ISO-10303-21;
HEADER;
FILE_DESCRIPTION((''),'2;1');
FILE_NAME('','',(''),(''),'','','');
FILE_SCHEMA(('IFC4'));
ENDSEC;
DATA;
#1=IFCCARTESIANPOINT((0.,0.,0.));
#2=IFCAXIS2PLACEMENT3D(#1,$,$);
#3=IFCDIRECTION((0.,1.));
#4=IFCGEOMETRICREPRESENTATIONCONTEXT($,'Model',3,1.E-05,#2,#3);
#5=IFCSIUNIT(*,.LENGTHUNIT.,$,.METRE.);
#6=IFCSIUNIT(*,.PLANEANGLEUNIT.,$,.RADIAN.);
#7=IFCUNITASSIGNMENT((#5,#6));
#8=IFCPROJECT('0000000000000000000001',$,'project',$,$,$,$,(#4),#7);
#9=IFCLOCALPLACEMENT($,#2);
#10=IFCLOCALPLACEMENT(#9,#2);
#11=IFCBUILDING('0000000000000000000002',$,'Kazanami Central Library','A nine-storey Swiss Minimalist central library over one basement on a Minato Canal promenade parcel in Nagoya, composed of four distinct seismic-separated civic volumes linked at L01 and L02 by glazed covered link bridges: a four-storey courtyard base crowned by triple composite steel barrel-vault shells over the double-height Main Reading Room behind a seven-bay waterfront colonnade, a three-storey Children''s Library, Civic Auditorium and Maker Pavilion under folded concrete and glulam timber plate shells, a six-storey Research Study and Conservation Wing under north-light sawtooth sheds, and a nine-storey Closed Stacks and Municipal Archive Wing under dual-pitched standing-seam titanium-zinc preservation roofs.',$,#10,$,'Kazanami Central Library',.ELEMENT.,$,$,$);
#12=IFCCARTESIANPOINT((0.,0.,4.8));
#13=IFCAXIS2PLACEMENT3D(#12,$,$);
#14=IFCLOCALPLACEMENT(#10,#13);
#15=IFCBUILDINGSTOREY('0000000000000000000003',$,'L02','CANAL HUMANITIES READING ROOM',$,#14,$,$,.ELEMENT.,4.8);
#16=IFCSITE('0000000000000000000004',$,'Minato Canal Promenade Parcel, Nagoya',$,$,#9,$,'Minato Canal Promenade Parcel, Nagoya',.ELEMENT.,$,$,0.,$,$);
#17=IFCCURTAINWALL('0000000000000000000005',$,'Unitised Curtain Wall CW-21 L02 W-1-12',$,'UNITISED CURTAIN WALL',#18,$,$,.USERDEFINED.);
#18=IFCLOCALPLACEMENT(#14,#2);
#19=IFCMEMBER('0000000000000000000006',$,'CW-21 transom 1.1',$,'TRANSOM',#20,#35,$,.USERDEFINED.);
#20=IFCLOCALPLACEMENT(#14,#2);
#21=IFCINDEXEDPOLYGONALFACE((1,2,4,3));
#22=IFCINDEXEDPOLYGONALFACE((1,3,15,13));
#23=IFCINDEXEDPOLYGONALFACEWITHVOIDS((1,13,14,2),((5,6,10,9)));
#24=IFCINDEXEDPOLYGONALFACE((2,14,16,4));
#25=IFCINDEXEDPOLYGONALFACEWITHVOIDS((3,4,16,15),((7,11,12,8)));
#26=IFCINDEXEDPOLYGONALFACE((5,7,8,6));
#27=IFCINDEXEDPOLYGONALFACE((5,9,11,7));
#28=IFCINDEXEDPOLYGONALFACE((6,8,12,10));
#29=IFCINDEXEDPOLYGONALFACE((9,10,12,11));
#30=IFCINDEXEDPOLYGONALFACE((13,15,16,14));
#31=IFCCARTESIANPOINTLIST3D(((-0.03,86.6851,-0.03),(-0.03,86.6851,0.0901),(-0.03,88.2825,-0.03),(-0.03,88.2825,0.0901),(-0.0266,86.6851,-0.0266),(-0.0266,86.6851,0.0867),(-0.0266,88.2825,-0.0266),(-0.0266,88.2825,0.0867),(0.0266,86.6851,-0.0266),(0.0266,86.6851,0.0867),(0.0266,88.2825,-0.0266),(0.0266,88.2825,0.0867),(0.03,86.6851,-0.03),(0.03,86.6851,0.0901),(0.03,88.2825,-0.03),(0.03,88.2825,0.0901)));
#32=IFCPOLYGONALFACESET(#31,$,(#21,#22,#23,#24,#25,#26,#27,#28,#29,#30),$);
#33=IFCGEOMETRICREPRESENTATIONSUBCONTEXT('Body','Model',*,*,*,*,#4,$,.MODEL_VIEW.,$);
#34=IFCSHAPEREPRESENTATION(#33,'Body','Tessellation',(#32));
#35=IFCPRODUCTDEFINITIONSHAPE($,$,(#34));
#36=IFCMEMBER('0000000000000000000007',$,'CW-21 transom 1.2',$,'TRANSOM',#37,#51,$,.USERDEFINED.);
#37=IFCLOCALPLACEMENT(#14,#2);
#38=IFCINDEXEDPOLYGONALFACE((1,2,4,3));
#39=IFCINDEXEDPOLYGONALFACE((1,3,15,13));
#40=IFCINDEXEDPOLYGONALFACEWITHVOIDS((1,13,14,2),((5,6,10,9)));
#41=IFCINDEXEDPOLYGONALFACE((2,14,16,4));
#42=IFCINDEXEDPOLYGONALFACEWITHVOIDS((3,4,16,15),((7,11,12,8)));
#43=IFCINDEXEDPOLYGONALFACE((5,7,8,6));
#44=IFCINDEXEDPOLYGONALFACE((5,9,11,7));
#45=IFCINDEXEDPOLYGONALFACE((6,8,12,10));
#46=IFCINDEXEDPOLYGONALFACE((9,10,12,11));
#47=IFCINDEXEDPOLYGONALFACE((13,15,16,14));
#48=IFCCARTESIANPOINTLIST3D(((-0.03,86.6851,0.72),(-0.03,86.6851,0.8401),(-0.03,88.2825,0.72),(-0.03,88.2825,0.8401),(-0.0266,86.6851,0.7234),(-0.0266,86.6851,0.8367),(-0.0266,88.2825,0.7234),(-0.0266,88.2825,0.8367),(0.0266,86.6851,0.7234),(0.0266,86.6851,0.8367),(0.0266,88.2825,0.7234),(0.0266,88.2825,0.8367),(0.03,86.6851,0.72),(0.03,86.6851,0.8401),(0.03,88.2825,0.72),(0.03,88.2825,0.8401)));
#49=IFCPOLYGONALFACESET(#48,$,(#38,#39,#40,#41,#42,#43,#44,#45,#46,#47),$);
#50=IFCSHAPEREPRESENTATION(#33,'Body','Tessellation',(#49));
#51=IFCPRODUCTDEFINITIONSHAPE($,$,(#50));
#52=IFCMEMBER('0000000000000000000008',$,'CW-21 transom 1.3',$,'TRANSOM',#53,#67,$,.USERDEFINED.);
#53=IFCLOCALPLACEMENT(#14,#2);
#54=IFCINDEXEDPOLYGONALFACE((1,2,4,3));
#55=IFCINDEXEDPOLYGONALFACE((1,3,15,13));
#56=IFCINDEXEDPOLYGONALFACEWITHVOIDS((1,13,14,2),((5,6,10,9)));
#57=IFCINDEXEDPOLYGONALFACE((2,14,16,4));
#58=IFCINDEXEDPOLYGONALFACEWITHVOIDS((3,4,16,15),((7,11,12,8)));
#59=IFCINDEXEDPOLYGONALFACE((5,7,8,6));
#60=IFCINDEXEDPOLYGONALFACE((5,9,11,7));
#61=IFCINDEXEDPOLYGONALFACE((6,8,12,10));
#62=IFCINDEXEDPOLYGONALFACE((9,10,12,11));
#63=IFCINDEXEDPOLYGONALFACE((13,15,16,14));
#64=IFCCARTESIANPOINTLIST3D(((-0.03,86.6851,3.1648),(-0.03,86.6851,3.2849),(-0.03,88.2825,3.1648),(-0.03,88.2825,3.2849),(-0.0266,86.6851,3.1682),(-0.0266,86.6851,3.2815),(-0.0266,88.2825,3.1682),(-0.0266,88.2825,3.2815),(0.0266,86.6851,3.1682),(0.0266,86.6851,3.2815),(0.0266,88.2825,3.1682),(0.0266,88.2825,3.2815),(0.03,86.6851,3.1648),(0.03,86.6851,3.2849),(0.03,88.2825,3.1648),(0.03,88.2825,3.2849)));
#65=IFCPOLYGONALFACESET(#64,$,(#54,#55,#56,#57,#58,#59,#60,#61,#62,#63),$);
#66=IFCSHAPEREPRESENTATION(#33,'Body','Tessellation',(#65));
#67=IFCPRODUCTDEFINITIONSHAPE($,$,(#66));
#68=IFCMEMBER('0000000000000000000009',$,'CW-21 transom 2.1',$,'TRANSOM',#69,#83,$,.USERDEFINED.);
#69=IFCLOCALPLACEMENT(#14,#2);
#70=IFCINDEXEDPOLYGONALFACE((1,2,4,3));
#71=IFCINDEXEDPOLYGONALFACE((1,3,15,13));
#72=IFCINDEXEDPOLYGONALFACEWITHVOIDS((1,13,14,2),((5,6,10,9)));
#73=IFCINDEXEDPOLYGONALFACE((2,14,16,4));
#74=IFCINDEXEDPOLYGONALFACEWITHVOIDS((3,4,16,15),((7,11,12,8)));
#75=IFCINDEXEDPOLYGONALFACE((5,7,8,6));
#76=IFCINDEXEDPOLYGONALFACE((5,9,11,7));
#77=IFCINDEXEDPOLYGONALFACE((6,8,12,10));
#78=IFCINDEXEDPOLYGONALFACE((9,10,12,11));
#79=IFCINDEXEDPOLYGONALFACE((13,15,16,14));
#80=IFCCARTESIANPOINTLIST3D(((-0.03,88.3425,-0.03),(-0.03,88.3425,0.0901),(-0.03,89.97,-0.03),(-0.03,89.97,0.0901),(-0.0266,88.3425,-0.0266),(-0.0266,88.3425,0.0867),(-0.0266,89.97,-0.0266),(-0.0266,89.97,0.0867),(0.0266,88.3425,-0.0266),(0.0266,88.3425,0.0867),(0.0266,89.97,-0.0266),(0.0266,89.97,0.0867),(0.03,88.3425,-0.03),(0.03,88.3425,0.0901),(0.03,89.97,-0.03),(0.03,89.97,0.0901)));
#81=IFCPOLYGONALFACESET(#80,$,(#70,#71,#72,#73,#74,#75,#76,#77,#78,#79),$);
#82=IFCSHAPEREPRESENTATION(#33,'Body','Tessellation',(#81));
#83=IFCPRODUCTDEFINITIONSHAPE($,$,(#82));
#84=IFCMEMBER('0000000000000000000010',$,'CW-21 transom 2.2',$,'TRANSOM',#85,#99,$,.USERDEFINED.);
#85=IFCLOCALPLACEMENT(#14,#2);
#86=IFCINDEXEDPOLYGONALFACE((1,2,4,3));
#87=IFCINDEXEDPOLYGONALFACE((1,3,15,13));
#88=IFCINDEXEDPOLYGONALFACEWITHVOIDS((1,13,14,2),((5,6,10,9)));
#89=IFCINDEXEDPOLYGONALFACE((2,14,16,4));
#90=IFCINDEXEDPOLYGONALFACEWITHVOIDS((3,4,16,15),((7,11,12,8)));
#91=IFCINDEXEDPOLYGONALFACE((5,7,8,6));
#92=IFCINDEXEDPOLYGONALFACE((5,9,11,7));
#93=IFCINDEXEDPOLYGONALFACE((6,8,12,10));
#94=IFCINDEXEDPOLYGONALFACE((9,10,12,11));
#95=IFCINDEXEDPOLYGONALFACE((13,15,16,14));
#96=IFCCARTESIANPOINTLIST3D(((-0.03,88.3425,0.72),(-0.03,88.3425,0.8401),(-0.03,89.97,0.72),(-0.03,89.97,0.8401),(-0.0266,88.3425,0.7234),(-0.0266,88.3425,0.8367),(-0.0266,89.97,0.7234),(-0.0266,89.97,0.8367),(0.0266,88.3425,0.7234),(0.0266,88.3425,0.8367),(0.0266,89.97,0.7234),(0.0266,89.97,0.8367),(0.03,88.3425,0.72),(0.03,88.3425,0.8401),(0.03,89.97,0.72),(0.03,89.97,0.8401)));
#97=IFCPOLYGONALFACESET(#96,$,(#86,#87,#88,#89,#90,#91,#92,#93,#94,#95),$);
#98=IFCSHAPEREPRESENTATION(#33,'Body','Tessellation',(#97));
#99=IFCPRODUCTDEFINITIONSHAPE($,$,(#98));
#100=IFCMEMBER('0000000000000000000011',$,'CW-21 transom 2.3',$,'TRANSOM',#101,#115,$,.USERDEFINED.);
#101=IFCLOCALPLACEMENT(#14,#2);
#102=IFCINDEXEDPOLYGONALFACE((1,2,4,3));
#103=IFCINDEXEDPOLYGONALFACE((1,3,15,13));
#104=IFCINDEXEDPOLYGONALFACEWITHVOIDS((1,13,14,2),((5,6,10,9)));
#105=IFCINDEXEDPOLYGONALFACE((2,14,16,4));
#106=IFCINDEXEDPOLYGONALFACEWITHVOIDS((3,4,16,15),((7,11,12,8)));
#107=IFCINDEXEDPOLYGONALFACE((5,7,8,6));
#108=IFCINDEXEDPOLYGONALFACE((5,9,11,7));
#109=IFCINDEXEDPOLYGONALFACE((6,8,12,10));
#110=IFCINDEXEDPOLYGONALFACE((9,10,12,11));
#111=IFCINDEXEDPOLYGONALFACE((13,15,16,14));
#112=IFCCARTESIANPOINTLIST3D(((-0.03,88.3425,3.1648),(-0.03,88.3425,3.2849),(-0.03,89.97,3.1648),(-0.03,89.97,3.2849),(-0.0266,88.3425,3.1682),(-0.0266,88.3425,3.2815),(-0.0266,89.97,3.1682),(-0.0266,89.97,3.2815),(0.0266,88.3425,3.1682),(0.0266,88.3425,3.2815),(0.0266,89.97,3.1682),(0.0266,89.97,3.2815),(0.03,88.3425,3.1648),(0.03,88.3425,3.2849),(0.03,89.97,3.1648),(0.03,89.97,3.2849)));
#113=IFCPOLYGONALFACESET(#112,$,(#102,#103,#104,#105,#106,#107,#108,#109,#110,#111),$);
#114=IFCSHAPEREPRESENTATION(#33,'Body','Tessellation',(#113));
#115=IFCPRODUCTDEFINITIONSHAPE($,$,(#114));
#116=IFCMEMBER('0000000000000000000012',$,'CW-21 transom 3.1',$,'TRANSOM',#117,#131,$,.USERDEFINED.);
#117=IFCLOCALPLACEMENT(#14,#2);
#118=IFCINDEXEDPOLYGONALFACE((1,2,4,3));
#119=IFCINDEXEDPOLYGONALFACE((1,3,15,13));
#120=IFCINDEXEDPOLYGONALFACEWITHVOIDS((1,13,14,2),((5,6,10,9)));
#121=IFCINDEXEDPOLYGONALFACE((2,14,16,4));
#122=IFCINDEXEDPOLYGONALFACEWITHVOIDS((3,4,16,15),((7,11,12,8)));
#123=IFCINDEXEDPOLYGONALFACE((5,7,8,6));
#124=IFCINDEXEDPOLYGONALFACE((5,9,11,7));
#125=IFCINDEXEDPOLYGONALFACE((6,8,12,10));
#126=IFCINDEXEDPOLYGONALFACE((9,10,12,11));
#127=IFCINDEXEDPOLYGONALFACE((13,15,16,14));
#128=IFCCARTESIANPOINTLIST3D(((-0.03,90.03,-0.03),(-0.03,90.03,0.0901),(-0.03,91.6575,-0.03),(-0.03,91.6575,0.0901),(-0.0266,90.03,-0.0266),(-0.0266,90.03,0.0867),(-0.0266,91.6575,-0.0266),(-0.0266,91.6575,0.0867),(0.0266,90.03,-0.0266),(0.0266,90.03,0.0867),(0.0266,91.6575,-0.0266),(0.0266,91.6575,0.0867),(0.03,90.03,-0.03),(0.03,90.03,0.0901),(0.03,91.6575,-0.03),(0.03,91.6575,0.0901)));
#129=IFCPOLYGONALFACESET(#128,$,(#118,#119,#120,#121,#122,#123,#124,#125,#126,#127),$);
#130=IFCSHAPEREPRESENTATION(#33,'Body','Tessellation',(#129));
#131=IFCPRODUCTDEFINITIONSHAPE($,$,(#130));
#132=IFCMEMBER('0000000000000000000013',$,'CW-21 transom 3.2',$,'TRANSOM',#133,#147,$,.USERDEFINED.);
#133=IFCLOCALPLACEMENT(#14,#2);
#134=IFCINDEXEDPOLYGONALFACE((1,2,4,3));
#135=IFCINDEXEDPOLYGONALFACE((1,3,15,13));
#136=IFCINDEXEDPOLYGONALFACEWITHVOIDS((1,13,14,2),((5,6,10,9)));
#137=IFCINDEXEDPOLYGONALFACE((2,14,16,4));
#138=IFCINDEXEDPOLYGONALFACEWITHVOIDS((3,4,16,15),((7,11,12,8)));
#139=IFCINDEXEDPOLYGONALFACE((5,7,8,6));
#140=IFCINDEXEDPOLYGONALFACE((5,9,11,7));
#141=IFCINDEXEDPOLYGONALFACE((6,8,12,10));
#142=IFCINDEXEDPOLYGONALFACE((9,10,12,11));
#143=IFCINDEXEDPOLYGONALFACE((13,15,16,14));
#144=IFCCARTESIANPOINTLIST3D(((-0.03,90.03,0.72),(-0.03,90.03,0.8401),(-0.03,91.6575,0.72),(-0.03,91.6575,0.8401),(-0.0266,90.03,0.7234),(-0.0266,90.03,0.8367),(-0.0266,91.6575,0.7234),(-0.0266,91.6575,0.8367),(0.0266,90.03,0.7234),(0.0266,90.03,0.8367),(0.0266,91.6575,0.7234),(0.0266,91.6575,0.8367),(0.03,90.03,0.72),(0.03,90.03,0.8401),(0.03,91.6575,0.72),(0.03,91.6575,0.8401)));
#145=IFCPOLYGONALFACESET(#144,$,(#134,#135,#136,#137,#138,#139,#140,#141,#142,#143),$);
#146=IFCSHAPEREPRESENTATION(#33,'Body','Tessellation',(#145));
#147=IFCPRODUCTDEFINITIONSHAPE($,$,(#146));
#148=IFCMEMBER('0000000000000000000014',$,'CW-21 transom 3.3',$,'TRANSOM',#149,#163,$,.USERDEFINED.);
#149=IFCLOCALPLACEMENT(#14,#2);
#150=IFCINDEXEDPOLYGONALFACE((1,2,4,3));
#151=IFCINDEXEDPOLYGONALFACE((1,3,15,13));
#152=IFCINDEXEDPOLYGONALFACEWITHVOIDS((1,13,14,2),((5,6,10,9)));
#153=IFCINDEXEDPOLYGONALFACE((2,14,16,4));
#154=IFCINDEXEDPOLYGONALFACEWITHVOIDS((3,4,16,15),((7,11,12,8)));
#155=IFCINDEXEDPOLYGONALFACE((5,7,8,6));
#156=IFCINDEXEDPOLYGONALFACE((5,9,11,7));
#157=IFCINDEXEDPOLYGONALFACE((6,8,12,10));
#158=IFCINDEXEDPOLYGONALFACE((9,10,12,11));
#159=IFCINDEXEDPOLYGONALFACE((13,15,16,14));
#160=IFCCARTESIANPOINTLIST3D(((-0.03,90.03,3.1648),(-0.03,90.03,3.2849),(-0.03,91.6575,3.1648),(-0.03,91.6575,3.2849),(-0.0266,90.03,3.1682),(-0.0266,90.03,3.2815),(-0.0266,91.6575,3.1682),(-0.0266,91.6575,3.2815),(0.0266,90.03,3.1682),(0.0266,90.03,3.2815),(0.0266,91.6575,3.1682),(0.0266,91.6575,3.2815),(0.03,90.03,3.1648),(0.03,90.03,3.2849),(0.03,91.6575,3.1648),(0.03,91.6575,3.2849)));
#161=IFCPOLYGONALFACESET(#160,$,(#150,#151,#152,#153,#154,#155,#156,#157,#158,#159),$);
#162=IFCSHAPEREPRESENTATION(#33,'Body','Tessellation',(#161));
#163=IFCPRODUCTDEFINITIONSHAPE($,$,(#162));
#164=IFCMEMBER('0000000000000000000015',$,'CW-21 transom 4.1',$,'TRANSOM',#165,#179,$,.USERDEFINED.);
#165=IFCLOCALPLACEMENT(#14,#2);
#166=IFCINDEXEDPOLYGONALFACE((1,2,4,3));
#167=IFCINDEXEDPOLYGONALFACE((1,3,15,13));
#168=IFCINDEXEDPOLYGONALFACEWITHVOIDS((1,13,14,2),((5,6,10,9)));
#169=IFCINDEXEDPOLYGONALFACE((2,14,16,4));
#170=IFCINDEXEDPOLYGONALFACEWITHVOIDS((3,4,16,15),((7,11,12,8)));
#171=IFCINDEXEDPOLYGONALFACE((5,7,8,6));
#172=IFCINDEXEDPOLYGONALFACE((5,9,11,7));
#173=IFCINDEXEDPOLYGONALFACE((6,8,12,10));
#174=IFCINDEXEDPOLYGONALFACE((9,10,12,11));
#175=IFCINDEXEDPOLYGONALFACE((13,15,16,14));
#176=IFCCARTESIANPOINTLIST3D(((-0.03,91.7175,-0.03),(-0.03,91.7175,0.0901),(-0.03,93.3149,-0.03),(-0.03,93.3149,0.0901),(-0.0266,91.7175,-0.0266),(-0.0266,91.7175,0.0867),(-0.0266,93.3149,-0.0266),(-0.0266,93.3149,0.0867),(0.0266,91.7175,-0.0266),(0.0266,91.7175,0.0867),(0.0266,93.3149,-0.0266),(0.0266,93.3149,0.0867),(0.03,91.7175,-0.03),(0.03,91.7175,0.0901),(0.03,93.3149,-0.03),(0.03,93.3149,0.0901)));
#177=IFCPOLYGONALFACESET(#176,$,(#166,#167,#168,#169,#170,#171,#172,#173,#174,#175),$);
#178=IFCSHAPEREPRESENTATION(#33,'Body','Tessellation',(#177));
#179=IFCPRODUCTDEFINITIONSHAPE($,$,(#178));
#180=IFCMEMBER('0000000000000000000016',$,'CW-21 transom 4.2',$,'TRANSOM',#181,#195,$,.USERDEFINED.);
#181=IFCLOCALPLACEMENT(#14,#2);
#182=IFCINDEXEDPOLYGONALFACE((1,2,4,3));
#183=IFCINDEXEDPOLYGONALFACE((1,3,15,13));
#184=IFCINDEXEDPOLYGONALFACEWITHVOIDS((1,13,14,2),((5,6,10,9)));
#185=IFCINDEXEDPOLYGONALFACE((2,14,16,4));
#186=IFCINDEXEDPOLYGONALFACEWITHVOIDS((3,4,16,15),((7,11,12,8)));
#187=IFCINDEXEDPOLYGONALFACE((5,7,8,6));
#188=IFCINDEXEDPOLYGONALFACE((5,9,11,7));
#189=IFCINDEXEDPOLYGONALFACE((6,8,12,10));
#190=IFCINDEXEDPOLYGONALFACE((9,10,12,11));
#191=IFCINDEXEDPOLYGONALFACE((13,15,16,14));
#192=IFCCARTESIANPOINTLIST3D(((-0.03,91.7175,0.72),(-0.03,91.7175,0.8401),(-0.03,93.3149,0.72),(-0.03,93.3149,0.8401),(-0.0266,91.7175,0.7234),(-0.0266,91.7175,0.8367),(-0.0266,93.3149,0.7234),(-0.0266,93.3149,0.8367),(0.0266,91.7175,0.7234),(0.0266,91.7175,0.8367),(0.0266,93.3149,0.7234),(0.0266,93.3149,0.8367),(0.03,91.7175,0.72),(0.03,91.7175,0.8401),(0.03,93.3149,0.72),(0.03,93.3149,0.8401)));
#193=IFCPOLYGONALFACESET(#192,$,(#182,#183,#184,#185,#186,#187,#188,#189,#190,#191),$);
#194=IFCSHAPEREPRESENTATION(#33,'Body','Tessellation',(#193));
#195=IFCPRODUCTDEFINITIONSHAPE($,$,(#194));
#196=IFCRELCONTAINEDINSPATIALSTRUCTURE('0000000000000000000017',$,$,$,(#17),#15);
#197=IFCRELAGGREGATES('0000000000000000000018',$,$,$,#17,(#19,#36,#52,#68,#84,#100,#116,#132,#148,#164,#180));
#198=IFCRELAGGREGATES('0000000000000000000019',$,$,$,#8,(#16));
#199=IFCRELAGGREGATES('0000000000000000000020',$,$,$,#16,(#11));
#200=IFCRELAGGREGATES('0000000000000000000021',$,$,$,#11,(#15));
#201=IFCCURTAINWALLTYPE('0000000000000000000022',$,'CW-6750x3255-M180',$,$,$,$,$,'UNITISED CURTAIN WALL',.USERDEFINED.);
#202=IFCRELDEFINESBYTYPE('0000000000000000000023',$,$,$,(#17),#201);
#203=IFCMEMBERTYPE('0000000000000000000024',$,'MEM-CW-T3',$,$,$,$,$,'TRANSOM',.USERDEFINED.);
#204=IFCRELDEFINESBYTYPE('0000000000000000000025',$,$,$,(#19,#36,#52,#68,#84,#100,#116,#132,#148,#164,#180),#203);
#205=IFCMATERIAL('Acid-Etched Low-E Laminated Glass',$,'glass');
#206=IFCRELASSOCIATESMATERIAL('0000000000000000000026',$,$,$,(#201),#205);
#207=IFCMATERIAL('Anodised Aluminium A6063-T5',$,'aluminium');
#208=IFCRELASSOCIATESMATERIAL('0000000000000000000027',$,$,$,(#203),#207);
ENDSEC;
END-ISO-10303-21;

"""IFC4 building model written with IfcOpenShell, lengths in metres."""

from ifc_helpers import new_model, si_unit, direction, frame, origin, origin_2d, place, context, subcontext, project, spatial, hollow_rectangle, extrude, material, material_profile, profile_set, type_object, element, aggregate, save


model = new_model("IFC4")

# Units and contexts
model_context = context("Model", 3, precision=1e-05, world=origin(), true_north=direction((0.0, 1.0)))
body_context = subcontext(model_context, "Body", "Model", "MODEL_VIEW")
ifc_project = project(units=[si_unit("LENGTHUNIT", "METRE"), si_unit("PLANEANGLEUNIT", "RADIAN")], contexts=[model_context])

# Site, building, storey
site_placement = place(None, origin())
site = spatial("IfcSite", under=ifc_project, at=site_placement, Name="Minato Canal Promenade Parcel, Nagoya", LongName="Minato Canal Promenade Parcel, Nagoya", CompositionType="ELEMENT", RefElevation=0.0)
building_placement = place(site_placement, origin())
building = spatial("IfcBuilding", under=site, at=building_placement, Name="Kazanami Central Library", Description="A nine-storey Swiss Minimalist central library over one basement on a Minato Canal promenade parcel in Nagoya, composed of four distinct seismic-separated civic volumes linked at L01 and L02 by glazed covered link bridges: a four-storey courtyard base crowned by triple composite steel barrel-vault shells over the double-height Main Reading Room behind a seven-bay waterfront colonnade, a three-storey Children's Library, Civic Auditorium and Maker Pavilion under folded concrete and glulam timber plate shells, a six-storey Research Study and Conservation Wing under north-light sawtooth sheds, and a nine-storey Closed Stacks and Municipal Archive Wing under dual-pitched standing-seam titanium-zinc preservation roofs.", LongName="Kazanami Central Library", CompositionType="ELEMENT")
storey_placement = place(building_placement, frame((0.0, 0.0, 4.8)))
storey = spatial("IfcBuildingStorey", under=building, at=storey_placement, Name="L02", Description="CANAL HUMANITIES READING ROOM", CompositionType="ELEMENT", Elevation=4.8)

# Curtain wall, members
ifc_material_1 = material(Name="Acid-Etched Low-E Laminated Glass", Category="glass")
curtain_wall_type = type_object("IfcCurtainWallType", Name="CW-6750x3255-M180", ElementType="UNITISED CURTAIN WALL", PredefinedType="USERDEFINED", material=ifc_material_1)
curtain_wall_placement = place(storey_placement, origin())
curtain_wall = element("IfcCurtainWall", 1, at=curtain_wall_placement, inside=storey, type_object=curtain_wall_type, Name="Unitised Curtain Wall CW-21 L02 W-1-12", ObjectType="UNITISED CURTAIN WALL", PredefinedType="USERDEFINED")
ifc_material_2 = material(Name="Anodised Aluminium A6063-T5", Category="aluminium")
ifc_material_profile_1 = material_profile(ifc_material_2, hollow_rectangle(XDim=0.0601, YDim=0.1201, WallThickness=0.0034, at=origin_2d()), Name="ALU-TRAN-60x120x3.5")
ifc_profile_set_1 = profile_set([ifc_material_profile_1], Name="Anodised Aluminium A6063-T5")
member_type_1 = type_object("IfcMemberType", Name="MEM-CW-T3", ElementType="TRANSOM", PredefinedType="USERDEFINED", material=ifc_profile_set_1)
member_1_placement = place(storey_placement, frame((0.0, 86.6851, 0.03), z_axis=(0.0, 1.0, 0.0), x_axis=(-1.0, 0.0, 0.0)))
member_1 = element("IfcMember", 2, at=member_1_placement, type_object=member_type_1, Name="CW-21 transom 1.1", ObjectType="TRANSOM", PredefinedType="USERDEFINED", context=body_context, shape_type="SweptSolid", body=[
    extrude(hollow_rectangle(XDim=0.0601, YDim=0.1201, WallThickness=0.0034, at=origin_2d()), origin(), (0.0, 0.0, 1.0), 1.5974),
])
member_2_placement = place(storey_placement, frame((0.0, 86.6851, 0.78), z_axis=(0.0, 1.0, 0.0), x_axis=(-1.0, 0.0, 0.0)))
member_2 = element("IfcMember", 3, at=member_2_placement, type_object=member_type_1, Name="CW-21 transom 1.2", ObjectType="TRANSOM", PredefinedType="USERDEFINED", context=body_context, shape_type="SweptSolid", body=[
    extrude(hollow_rectangle(XDim=0.0601, YDim=0.1201, WallThickness=0.0034, at=origin_2d()), origin(), (0.0, 0.0, 1.0), 1.5974),
])
member_3_placement = place(storey_placement, frame((0.0, 86.6851, 3.2249), z_axis=(0.0, 1.0, 0.0), x_axis=(-1.0, 0.0, 0.0)))
member_3 = element("IfcMember", 4, at=member_3_placement, type_object=member_type_1, Name="CW-21 transom 1.3", ObjectType="TRANSOM", PredefinedType="USERDEFINED", context=body_context, shape_type="SweptSolid", body=[
    extrude(hollow_rectangle(XDim=0.0601, YDim=0.1201, WallThickness=0.0034, at=origin_2d()), origin(), (0.0, 0.0, 1.0), 1.5974),
])
member_4_placement = place(storey_placement, frame((0.0, 88.3425, 0.03), z_axis=(0.0, 1.0, 0.0), x_axis=(-1.0, 0.0, 0.0)))
member_4 = element("IfcMember", 5, at=member_4_placement, type_object=member_type_1, Name="CW-21 transom 2.1", ObjectType="TRANSOM", PredefinedType="USERDEFINED", context=body_context, shape_type="SweptSolid", body=[
    extrude(hollow_rectangle(XDim=0.0601, YDim=0.1201, WallThickness=0.0034, at=origin_2d()), origin(), (0.0, 0.0, 1.0), 1.6274),
])
member_5_placement = place(storey_placement, frame((0.0, 88.3425, 0.78), z_axis=(0.0, 1.0, 0.0), x_axis=(-1.0, 0.0, 0.0)))
member_5 = element("IfcMember", 6, at=member_5_placement, type_object=member_type_1, Name="CW-21 transom 2.2", ObjectType="TRANSOM", PredefinedType="USERDEFINED", context=body_context, shape_type="SweptSolid", body=[
    extrude(hollow_rectangle(XDim=0.0601, YDim=0.1201, WallThickness=0.0034, at=origin_2d()), origin(), (0.0, 0.0, 1.0), 1.6274),
])
member_6_placement = place(storey_placement, frame((0.0, 88.3425, 3.2249), z_axis=(0.0, 1.0, 0.0), x_axis=(-1.0, 0.0, 0.0)))
member_6 = element("IfcMember", 7, at=member_6_placement, type_object=member_type_1, Name="CW-21 transom 2.3", ObjectType="TRANSOM", PredefinedType="USERDEFINED", context=body_context, shape_type="SweptSolid", body=[
    extrude(hollow_rectangle(XDim=0.0601, YDim=0.1201, WallThickness=0.0034, at=origin_2d()), origin(), (0.0, 0.0, 1.0), 1.6274),
])
member_7_placement = place(storey_placement, frame((0.0, 90.03, 0.03), z_axis=(0.0, 1.0, 0.0), x_axis=(-1.0, 0.0, 0.0)))
member_7 = element("IfcMember", 8, at=member_7_placement, type_object=member_type_1, Name="CW-21 transom 3.1", ObjectType="TRANSOM", PredefinedType="USERDEFINED", context=body_context, shape_type="SweptSolid", body=[
    extrude(hollow_rectangle(XDim=0.0601, YDim=0.1201, WallThickness=0.0034, at=origin_2d()), origin(), (0.0, 0.0, 1.0), 1.6274),
])
member_8_placement = place(storey_placement, frame((0.0, 90.03, 0.78), z_axis=(0.0, 1.0, 0.0), x_axis=(-1.0, 0.0, 0.0)))
member_8 = element("IfcMember", 9, at=member_8_placement, type_object=member_type_1, Name="CW-21 transom 3.2", ObjectType="TRANSOM", PredefinedType="USERDEFINED", context=body_context, shape_type="SweptSolid", body=[
    extrude(hollow_rectangle(XDim=0.0601, YDim=0.1201, WallThickness=0.0034, at=origin_2d()), origin(), (0.0, 0.0, 1.0), 1.6274),
])
member_9_placement = place(storey_placement, frame((0.0, 90.03, 3.2249), z_axis=(0.0, 1.0, 0.0), x_axis=(-1.0, 0.0, 0.0)))
member_9 = element("IfcMember", 10, at=member_9_placement, type_object=member_type_1, Name="CW-21 transom 3.3", ObjectType="TRANSOM", PredefinedType="USERDEFINED", context=body_context, shape_type="SweptSolid", body=[
    extrude(hollow_rectangle(XDim=0.0601, YDim=0.1201, WallThickness=0.0034, at=origin_2d()), origin(), (0.0, 0.0, 1.0), 1.6274),
])
member_10_placement = place(storey_placement, frame((0.0, 91.7175, 0.03), z_axis=(0.0, 1.0, 0.0), x_axis=(-1.0, 0.0, 0.0)))
member_10 = element("IfcMember", 11, at=member_10_placement, type_object=member_type_1, Name="CW-21 transom 4.1", ObjectType="TRANSOM", PredefinedType="USERDEFINED", context=body_context, shape_type="SweptSolid", body=[
    extrude(hollow_rectangle(XDim=0.0601, YDim=0.1201, WallThickness=0.0034, at=origin_2d()), origin(), (0.0, 0.0, 1.0), 1.5974),
])
member_11_placement = place(storey_placement, frame((0.0, 91.7175, 0.78), z_axis=(0.0, 1.0, 0.0), x_axis=(-1.0, 0.0, 0.0)))
member_11 = element("IfcMember", 12, at=member_11_placement, type_object=member_type_1, Name="CW-21 transom 4.2", ObjectType="TRANSOM", PredefinedType="USERDEFINED", context=body_context, shape_type="SweptSolid", body=[
    extrude(hollow_rectangle(XDim=0.0601, YDim=0.1201, WallThickness=0.0034, at=origin_2d()), origin(), (0.0, 0.0, 1.0), 1.5974),
])
aggregate(curtain_wall, [member_1, member_2, member_3, member_4, member_5, member_6, member_7, member_8, member_9, member_10, member_11])

save(model, "model.ifc")
